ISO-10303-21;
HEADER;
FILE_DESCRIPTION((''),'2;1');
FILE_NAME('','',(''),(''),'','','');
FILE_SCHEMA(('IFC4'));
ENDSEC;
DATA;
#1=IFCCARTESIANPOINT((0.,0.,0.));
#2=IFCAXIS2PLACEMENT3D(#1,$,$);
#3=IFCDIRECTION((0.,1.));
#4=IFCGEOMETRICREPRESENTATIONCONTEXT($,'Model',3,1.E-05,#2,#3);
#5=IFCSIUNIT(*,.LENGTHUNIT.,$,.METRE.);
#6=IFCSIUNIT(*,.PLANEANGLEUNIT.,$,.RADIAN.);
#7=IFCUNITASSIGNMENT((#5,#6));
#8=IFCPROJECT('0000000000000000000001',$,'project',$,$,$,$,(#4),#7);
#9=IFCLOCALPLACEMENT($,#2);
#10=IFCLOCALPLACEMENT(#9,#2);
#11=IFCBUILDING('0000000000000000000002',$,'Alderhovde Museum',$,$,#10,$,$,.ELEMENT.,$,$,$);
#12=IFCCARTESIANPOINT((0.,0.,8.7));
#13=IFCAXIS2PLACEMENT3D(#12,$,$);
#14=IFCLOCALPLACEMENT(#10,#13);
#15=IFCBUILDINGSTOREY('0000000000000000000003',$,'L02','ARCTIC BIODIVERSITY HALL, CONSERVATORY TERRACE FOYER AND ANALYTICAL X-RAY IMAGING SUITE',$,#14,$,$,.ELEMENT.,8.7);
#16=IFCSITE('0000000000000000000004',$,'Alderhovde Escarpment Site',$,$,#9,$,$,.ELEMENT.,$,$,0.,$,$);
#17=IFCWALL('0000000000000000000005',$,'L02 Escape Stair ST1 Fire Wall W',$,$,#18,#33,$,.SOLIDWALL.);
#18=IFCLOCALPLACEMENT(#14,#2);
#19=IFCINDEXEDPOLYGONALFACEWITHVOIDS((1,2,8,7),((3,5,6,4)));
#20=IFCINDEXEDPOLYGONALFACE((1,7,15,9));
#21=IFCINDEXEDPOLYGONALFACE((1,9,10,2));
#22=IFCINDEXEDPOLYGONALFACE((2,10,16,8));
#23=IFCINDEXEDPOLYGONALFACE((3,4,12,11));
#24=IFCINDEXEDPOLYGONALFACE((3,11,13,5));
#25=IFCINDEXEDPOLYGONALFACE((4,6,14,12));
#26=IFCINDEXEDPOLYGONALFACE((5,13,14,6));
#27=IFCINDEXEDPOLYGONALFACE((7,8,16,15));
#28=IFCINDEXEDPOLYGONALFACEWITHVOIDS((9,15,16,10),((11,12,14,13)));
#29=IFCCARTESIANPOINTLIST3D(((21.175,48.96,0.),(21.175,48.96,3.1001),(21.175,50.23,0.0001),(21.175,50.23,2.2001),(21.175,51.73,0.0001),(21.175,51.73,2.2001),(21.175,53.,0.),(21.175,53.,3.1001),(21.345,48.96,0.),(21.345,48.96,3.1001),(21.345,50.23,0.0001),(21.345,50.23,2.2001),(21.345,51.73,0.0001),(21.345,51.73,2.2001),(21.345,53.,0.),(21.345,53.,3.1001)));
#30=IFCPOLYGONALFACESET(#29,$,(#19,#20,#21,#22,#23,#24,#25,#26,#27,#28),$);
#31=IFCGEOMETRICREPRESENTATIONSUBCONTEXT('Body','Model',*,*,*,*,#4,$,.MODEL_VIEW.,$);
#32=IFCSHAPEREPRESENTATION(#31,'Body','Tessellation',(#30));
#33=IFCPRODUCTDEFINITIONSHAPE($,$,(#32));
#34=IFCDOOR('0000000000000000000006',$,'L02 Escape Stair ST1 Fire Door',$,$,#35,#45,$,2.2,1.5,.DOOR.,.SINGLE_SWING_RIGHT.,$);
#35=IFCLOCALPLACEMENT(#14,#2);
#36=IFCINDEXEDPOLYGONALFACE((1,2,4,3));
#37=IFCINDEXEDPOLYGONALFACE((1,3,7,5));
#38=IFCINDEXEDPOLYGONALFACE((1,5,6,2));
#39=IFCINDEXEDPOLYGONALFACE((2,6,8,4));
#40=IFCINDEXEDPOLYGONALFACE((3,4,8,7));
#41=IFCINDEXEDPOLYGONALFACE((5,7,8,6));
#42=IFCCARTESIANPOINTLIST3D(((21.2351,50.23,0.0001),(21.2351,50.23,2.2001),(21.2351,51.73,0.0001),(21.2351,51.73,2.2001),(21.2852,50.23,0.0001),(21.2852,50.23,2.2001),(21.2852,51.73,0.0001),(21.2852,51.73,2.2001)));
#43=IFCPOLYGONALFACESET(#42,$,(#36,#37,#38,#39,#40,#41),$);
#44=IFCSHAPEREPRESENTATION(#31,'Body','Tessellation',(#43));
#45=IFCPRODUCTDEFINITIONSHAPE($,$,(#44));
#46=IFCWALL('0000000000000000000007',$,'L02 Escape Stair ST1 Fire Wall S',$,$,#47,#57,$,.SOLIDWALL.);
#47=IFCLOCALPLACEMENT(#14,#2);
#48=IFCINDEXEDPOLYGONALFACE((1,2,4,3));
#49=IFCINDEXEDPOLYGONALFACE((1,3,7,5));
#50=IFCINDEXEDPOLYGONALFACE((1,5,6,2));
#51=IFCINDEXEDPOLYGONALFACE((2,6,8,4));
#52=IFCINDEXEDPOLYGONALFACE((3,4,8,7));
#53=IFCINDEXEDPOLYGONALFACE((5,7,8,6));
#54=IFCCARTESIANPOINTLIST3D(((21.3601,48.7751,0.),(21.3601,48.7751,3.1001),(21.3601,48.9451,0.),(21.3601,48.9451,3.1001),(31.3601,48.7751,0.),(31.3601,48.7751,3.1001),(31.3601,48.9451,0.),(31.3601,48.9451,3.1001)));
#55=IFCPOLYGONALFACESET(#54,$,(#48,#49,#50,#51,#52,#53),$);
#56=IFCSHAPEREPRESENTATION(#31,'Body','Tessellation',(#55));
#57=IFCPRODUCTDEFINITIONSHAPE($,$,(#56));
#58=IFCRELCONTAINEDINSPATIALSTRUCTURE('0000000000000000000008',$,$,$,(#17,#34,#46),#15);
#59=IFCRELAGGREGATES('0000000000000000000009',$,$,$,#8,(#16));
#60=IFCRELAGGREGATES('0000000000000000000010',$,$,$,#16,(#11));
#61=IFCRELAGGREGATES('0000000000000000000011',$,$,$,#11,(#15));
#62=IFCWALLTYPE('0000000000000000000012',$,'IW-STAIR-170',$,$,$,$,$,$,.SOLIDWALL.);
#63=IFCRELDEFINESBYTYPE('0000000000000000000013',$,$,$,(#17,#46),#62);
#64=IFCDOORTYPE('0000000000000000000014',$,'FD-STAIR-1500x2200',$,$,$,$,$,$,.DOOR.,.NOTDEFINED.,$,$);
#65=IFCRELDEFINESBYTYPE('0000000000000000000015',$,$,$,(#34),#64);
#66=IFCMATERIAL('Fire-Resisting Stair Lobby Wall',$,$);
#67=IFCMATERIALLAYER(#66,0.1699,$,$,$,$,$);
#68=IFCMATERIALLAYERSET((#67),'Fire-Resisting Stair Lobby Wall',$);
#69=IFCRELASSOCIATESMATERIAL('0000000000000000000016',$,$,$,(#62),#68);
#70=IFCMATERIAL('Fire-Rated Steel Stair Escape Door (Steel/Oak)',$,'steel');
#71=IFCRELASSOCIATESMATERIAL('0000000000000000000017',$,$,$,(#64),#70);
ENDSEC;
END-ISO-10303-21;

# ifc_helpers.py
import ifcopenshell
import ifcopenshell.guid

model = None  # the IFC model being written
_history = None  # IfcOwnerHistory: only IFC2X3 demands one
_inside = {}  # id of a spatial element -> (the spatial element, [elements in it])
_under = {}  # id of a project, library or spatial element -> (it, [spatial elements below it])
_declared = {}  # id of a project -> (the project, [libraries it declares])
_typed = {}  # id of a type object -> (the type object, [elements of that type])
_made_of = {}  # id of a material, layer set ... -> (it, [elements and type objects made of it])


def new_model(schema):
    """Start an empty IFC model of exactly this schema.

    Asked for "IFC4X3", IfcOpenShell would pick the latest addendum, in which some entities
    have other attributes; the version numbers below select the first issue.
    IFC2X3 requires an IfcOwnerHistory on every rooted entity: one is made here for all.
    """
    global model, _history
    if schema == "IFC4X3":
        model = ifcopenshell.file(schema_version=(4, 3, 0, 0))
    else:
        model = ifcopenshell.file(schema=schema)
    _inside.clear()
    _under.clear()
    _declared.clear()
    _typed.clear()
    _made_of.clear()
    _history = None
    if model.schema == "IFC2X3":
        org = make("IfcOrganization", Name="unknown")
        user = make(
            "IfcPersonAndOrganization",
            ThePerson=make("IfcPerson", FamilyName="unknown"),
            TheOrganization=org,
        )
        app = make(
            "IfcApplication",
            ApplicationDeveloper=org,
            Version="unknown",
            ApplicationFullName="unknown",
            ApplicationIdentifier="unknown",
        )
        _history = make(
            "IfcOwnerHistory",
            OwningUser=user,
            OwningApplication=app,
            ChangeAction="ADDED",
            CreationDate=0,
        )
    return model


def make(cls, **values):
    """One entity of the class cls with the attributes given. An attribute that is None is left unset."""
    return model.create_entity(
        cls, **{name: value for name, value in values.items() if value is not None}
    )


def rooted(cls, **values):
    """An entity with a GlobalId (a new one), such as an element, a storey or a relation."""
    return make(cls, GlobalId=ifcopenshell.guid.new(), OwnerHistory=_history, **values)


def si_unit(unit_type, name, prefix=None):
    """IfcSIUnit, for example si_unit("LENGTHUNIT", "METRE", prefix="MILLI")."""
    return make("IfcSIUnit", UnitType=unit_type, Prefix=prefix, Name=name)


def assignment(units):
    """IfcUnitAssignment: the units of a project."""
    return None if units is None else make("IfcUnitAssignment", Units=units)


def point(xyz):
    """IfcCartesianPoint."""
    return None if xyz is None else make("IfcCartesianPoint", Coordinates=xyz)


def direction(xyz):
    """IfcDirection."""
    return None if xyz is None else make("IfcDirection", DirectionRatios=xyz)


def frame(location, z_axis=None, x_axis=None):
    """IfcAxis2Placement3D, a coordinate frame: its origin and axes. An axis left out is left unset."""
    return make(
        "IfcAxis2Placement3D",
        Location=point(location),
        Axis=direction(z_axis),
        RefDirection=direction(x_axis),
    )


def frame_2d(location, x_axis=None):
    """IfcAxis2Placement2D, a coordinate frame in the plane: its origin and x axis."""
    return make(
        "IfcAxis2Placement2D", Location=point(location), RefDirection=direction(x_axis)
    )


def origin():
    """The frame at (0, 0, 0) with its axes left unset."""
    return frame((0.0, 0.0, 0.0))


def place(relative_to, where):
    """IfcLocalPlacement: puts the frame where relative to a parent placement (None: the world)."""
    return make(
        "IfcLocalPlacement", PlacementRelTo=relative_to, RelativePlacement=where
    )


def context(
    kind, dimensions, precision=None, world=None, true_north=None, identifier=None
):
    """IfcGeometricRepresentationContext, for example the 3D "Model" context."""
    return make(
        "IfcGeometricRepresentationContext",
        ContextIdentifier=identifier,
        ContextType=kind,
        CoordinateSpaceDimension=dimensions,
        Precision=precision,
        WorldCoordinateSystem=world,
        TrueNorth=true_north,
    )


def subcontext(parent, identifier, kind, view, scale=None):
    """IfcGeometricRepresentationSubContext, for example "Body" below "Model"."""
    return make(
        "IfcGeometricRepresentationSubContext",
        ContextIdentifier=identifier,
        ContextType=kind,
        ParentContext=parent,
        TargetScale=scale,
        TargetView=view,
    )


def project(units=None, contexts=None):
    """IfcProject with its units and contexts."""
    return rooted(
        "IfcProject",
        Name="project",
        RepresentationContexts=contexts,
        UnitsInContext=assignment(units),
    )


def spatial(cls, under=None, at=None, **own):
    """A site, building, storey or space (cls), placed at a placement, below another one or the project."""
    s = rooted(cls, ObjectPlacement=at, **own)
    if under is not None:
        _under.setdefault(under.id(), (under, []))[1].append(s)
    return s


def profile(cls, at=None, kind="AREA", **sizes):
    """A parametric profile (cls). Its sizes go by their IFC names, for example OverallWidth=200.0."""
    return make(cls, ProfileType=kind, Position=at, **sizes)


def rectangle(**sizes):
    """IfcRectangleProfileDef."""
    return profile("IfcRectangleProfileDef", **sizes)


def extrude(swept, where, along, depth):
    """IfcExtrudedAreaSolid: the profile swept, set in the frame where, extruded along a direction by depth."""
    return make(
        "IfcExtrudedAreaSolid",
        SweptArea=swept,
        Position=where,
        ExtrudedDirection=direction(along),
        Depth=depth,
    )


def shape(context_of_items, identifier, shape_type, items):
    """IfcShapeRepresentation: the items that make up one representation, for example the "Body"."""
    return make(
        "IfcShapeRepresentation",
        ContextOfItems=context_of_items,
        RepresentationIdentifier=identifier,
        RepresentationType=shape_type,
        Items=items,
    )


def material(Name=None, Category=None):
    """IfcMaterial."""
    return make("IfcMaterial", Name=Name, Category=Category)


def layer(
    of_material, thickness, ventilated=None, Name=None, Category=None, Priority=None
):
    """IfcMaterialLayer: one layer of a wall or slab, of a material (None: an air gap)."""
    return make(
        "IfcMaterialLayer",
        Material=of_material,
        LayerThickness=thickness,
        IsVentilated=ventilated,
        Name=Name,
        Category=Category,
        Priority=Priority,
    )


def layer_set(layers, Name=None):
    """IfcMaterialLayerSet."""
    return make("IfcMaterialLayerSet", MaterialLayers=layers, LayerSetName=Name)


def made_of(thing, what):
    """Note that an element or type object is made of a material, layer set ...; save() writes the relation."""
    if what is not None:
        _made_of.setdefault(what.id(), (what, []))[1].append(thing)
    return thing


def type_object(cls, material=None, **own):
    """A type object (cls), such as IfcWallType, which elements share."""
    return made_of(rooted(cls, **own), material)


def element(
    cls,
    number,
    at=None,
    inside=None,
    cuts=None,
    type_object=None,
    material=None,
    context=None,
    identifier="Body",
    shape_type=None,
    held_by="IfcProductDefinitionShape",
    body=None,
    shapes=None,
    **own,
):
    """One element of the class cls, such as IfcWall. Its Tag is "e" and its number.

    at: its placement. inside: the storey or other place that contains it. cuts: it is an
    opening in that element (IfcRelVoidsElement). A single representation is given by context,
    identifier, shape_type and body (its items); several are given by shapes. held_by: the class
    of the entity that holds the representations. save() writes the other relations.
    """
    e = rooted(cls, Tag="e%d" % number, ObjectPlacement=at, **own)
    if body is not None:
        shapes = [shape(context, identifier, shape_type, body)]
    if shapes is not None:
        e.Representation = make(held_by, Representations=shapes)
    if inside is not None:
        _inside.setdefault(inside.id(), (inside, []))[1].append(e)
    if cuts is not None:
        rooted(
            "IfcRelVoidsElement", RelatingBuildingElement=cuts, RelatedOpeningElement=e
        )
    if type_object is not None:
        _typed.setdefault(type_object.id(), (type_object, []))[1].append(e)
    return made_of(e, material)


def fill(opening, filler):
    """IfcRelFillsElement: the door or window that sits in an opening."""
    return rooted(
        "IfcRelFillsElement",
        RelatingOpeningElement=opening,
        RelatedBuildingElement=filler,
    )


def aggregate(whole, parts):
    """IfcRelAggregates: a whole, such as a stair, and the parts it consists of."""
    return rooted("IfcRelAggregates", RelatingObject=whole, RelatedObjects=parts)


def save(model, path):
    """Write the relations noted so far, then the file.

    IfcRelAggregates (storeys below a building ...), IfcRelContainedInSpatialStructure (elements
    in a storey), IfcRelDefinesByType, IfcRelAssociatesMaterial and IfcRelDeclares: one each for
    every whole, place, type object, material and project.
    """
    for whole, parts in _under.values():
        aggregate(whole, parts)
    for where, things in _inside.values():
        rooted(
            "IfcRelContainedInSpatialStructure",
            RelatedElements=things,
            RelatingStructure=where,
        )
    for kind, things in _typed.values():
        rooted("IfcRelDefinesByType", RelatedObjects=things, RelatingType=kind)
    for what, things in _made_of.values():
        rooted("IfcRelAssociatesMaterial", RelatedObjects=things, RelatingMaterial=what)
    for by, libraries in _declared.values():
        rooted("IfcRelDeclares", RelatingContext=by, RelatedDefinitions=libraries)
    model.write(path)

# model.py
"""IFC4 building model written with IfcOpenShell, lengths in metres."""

from ifc_helpers import new_model, si_unit, direction, frame, frame_2d, origin, place, context, subcontext, project, spatial, rectangle, extrude, material, layer, layer_set, type_object, element, fill, save


model = new_model("IFC4")

# Units and contexts
model_context = context("Model", 3, precision=1e-05, world=origin(), true_north=direction((0.0, 1.0)))
body_context = subcontext(model_context, "Body", "Model", "MODEL_VIEW")
ifc_project = project(units=[si_unit("LENGTHUNIT", "METRE"), si_unit("PLANEANGLEUNIT", "RADIAN")], contexts=[model_context])

# Site, building, storey
site_placement = place(None, origin())
site = spatial("IfcSite", under=ifc_project, at=site_placement, Name="Alderhovde Escarpment Site", CompositionType="ELEMENT", RefElevation=0.0)
building_placement = place(site_placement, origin())
building = spatial("IfcBuilding", under=site, at=building_placement, Name="Alderhovde Museum", CompositionType="ELEMENT")
storey_placement = place(building_placement, frame((0.0, 0.0, 8.7)))
storey = spatial("IfcBuildingStorey", under=building, at=storey_placement, Name="L02", Description="ARCTIC BIODIVERSITY HALL, CONSERVATORY TERRACE FOYER AND ANALYTICAL X-RAY IMAGING SUITE", CompositionType="ELEMENT", Elevation=8.7)

# Wall, opening, door
ifc_material_1 = material(Name="Fire-Resisting Stair Lobby Wall")
ifc_layer_1 = layer(ifc_material_1, 0.1699)
ifc_layer_set_1 = layer_set([ifc_layer_1], Name="Fire-Resisting Stair Lobby Wall")
wall_type_1 = type_object("IfcWallType", Name="IW-STAIR-170", PredefinedType="SOLIDWALL", material=ifc_layer_set_1)
wall_1_placement = place(storey_placement, frame((21.26, 48.96, 0.0), z_axis=(0.0, 0.0, 1.0), x_axis=(0.0, 1.0, 0.0)))
wall_1 = element("IfcWall", 1, at=wall_1_placement, inside=storey, type_object=wall_type_1, Name="L02 Escape Stair ST1 Fire Wall W", PredefinedType="SOLIDWALL", context=body_context, shape_type="SweptSolid", body=[
    extrude(rectangle(XDim=4.04, YDim=0.1699, at=frame_2d((2.02, 0.0))), origin(), (0.0, 0.0, 1.0), 3.1001),
])
opening_1_placement = place(wall_1_placement, frame((1.27, 0.0, 0.0)))
opening_1 = element("IfcOpeningElement", 2, at=opening_1_placement, cuts=wall_1, PredefinedType="OPENING", context=body_context, shape_type="SweptSolid", body=[
    extrude(rectangle(XDim=1.5, YDim=2.2, at=frame_2d((0.75, 1.1001))), frame((0.0, 0.095, 0.0), z_axis=(0.0, -1.0, 0.0), x_axis=(1.0, 0.0, 0.0)), (0.0, 0.0, 1.0), 0.1899),
])
ifc_material_2 = material(Name="Fire-Rated Steel Stair Escape Door (Steel/Oak)", Category="steel")
door_type = type_object("IfcDoorType", Name="FD-STAIR-1500x2200", OperationType="NOTDEFINED", PredefinedType="DOOR", material=ifc_material_2)
door_placement = place(opening_1_placement, origin())
door = element("IfcDoor", 3, at=door_placement, inside=storey, type_object=door_type, Name="L02 Escape Stair ST1 Fire Door", OperationType="SINGLE_SWING_RIGHT", OverallHeight=2.2, OverallWidth=1.5, PredefinedType="DOOR", context=body_context, shape_type="SweptSolid", body=[
    extrude(rectangle(XDim=1.5, YDim=2.2, at=frame_2d((0.75, 1.1001))), frame((0.0, 0.0249, 0.0), z_axis=(0.0, -1.0, 0.0), x_axis=(1.0, 0.0, 0.0)), (0.0, 0.0, 1.0), 0.05),
])
fill(opening_1, door)

# Wall
wall_2_placement = place(storey_placement, frame((21.3601, 48.8601, 0.0), z_axis=(0.0, 0.0, 1.0), x_axis=(1.0, 0.0, 0.0)))
element("IfcWall", 4, at=wall_2_placement, inside=storey, type_object=wall_type_1, Name="L02 Escape Stair ST1 Fire Wall S", PredefinedType="SOLIDWALL", context=body_context, shape_type="SweptSolid", body=[
    extrude(rectangle(XDim=10.0, YDim=0.1699, at=frame_2d((5.0, 0.0))), origin(), (0.0, 0.0, 1.0), 3.1001),
])

save(model, "model.ifc")
